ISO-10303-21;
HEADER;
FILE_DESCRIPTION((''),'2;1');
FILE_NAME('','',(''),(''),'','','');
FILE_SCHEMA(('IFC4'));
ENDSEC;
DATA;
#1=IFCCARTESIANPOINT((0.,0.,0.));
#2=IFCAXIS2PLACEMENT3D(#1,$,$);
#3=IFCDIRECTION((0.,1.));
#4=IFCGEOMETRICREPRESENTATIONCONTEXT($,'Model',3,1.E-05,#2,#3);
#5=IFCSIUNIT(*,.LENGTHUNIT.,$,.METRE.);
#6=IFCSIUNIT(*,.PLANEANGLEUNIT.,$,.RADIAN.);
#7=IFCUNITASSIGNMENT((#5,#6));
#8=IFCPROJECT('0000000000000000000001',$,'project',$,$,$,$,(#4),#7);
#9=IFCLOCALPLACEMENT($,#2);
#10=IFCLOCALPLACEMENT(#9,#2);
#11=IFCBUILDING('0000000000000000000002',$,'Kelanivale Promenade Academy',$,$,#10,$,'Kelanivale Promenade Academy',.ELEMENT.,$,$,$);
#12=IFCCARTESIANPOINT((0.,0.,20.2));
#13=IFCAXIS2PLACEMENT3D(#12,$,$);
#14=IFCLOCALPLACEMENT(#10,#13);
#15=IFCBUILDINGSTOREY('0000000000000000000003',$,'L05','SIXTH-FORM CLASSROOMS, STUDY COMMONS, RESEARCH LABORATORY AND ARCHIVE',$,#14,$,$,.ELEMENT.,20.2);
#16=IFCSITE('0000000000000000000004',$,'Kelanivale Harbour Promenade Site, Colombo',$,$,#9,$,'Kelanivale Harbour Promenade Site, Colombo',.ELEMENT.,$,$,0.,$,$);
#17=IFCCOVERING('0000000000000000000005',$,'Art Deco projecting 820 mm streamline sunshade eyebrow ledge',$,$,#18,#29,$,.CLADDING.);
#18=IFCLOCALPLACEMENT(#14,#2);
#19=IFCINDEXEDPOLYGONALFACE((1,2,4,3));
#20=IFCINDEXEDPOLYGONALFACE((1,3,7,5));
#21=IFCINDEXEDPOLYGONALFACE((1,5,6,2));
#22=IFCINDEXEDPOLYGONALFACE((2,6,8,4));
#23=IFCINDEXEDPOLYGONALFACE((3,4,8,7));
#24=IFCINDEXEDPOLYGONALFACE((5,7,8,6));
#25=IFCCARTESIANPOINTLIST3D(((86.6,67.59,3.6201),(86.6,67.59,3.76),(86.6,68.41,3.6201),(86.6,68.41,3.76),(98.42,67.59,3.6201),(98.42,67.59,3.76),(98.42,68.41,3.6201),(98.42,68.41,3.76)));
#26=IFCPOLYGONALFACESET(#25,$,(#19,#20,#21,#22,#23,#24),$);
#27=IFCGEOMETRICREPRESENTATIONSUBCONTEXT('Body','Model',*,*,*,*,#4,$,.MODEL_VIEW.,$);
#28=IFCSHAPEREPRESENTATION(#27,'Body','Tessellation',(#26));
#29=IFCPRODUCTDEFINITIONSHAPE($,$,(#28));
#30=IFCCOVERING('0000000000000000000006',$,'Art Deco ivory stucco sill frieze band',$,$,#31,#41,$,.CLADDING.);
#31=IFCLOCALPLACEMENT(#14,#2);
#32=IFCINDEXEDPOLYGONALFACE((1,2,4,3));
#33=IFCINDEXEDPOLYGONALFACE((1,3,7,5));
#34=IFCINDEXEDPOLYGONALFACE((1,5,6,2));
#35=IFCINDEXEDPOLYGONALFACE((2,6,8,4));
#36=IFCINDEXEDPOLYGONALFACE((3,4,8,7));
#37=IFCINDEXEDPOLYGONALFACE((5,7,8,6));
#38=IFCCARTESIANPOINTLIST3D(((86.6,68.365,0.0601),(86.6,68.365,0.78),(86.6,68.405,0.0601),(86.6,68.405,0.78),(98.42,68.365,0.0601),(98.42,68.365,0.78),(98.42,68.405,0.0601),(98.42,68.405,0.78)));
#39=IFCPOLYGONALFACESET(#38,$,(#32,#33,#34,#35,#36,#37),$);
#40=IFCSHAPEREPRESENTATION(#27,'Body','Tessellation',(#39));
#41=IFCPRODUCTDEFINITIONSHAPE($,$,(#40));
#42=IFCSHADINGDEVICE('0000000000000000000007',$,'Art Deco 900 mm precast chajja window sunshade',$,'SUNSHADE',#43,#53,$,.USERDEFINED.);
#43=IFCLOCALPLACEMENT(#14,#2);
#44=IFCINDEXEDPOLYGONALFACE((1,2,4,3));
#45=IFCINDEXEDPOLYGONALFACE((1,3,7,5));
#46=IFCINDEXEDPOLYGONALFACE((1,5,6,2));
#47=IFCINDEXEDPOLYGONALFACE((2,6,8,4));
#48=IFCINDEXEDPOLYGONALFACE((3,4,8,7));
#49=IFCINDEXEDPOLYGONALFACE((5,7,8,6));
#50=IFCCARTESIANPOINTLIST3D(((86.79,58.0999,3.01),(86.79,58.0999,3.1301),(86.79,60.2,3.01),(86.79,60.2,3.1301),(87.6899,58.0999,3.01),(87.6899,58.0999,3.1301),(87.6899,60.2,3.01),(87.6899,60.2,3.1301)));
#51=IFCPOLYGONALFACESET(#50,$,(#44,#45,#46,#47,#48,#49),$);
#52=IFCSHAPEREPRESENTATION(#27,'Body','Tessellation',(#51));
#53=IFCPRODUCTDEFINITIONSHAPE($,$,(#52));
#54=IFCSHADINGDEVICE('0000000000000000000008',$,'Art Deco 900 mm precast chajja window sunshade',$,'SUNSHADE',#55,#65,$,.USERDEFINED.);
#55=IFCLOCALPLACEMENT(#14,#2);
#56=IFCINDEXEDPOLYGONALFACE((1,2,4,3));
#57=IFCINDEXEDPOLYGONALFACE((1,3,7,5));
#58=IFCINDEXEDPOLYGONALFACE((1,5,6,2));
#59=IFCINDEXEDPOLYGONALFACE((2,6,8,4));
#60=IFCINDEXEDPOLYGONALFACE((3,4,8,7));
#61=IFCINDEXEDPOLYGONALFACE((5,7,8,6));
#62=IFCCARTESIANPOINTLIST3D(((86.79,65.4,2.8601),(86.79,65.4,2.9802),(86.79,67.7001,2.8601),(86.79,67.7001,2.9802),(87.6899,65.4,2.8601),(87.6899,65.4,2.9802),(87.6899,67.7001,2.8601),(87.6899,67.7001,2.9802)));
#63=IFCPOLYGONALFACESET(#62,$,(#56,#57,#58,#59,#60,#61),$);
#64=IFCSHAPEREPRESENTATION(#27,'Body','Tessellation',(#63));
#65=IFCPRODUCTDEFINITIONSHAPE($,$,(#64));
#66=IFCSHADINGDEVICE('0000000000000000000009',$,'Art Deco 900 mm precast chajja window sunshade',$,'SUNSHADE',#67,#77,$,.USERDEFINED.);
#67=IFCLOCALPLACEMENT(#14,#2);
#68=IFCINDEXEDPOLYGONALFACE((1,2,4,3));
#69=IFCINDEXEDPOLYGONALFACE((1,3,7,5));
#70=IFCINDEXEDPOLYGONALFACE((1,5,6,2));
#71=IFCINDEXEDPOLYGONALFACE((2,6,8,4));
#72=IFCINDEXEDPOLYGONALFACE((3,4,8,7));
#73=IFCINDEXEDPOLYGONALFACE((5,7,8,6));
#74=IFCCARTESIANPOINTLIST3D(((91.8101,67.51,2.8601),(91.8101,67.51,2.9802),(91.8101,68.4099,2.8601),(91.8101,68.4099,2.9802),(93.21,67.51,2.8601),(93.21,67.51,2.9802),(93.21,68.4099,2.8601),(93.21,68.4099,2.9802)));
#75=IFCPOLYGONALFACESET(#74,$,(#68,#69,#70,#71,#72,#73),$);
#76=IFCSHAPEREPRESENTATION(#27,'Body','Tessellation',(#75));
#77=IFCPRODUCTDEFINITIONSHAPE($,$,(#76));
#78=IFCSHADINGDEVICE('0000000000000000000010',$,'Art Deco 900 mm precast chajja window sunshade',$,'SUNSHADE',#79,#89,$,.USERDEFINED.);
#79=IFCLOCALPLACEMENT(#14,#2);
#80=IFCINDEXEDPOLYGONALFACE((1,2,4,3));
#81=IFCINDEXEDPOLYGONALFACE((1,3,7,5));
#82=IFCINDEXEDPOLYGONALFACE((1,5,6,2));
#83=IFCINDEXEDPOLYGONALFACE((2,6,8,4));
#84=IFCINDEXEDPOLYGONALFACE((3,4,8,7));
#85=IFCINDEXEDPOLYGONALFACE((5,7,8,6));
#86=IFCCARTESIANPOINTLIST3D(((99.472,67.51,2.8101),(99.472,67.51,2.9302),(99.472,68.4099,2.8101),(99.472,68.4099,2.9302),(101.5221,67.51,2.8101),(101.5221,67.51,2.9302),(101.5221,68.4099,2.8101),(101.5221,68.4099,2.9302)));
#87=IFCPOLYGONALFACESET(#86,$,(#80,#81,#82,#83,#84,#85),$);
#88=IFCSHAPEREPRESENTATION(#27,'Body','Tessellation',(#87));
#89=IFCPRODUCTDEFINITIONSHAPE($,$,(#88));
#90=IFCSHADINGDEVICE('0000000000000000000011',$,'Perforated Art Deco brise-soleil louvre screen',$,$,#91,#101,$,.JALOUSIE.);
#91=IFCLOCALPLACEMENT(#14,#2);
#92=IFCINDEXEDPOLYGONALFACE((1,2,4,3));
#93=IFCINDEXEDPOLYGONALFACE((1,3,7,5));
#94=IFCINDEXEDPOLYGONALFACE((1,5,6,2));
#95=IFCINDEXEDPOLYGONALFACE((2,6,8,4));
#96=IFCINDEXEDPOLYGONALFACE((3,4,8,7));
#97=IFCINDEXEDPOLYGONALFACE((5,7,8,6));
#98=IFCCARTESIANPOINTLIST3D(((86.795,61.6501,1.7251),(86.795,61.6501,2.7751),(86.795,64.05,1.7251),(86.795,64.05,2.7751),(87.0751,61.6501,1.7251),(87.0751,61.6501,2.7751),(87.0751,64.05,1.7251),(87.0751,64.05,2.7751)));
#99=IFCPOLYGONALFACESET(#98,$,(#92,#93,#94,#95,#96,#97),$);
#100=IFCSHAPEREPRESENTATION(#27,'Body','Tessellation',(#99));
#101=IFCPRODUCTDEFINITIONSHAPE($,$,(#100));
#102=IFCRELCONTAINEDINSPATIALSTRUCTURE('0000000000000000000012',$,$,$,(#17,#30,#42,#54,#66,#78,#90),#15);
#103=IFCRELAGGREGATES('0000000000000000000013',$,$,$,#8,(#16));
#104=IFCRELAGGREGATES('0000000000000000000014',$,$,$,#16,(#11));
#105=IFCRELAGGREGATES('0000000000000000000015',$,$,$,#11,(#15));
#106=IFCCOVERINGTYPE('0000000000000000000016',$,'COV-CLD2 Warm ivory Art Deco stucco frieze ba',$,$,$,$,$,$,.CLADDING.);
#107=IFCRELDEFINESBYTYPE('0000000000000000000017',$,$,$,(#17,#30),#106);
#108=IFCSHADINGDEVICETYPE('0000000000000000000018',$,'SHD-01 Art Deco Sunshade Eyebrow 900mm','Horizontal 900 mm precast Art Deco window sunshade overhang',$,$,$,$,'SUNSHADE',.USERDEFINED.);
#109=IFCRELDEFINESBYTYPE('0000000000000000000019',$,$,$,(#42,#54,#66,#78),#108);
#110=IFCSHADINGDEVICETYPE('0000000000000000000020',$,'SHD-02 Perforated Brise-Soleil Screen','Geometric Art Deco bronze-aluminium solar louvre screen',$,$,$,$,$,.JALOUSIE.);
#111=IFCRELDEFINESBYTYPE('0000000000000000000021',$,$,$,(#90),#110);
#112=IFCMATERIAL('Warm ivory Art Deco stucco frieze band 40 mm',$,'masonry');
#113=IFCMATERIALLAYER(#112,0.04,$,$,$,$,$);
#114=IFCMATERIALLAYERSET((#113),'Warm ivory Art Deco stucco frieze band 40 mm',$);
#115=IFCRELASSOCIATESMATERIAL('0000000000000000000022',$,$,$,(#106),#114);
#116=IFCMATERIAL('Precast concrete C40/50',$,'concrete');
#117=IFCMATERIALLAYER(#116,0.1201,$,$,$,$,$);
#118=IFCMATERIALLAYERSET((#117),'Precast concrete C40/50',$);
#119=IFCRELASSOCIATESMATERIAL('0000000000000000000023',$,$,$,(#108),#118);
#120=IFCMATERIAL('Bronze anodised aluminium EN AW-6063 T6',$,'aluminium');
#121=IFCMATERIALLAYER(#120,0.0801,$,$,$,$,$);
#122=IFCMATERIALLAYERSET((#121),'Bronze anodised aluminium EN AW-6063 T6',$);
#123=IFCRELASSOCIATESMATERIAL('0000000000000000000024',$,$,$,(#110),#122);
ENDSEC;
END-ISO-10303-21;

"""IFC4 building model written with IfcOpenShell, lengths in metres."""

from ifc_helpers import new_model, si_unit, direction, frame, origin, origin_2d, place, context, subcontext, project, spatial, rectangle, extrude, material, layer, layer_set, type_object, element, save


model = new_model("IFC4")

# Units and contexts
model_context = context("Model", 3, precision=1e-05, world=origin(), true_north=direction((0.0, 1.0)))
body_context = subcontext(model_context, "Body", "Model", "MODEL_VIEW")
ifc_project = project(units=[si_unit("LENGTHUNIT", "METRE"), si_unit("PLANEANGLEUNIT", "RADIAN")], contexts=[model_context])

# Site, building, storey
site_placement = place(None, origin())
site = spatial("IfcSite", under=ifc_project, at=site_placement, Name="Kelanivale Harbour Promenade Site, Colombo", LongName="Kelanivale Harbour Promenade Site, Colombo", CompositionType="ELEMENT", RefElevation=0.0)
building_placement = place(site_placement, origin())
building = spatial("IfcBuilding", under=site, at=building_placement, Name="Kelanivale Promenade Academy", LongName="Kelanivale Promenade Academy", CompositionType="ELEMENT")
storey_placement = place(building_placement, frame((0.0, 0.0, 20.2)))
storey = spatial("IfcBuildingStorey", under=building, at=storey_placement, Name="L05", Description="SIXTH-FORM CLASSROOMS, STUDY COMMONS, RESEARCH LABORATORY AND ARCHIVE", CompositionType="ELEMENT", Elevation=20.2)

# Shared definitions
ifc_material_1 = material(Name="Precast concrete C40/50", Category="concrete")

# Coverings
ifc_material_2 = material(Name="Warm ivory Art Deco stucco frieze band 40 mm", Category="masonry")
ifc_layer_1 = layer(ifc_material_2, 0.04)
ifc_layer_set_1 = layer_set([ifc_layer_1], Name="Warm ivory Art Deco stucco frieze band 40 mm")
covering_type = type_object("IfcCoveringType", Name="COV-CLD2 Warm ivory Art Deco stucco frieze ba", PredefinedType="CLADDING", material=ifc_layer_set_1)
covering_1_placement = place(storey_placement, frame((92.51, 68.0, 3.6201), z_axis=(0.0, 0.0, 1.0), x_axis=(1.0, 0.0, 0.0)))
element("IfcCovering", 1, at=covering_1_placement, inside=storey, type_object=covering_type, Name="Art Deco projecting 820 mm streamline sunshade eyebrow ledge", PredefinedType="CLADDING", context=body_context, shape_type="SweptSolid", body=[
    extrude(rectangle(XDim=11.8201, YDim=0.8201, at=origin_2d()), origin(), (0.0, 0.0, 1.0), 0.1399),
])
covering_2_placement = place(storey_placement, frame((92.51, 68.385, 0.0601), z_axis=(0.0, 0.0, 1.0), x_axis=(1.0, 0.0, 0.0)))
element("IfcCovering", 2, at=covering_2_placement, inside=storey, type_object=covering_type, Name="Art Deco ivory stucco sill frieze band", PredefinedType="CLADDING", context=body_context, shape_type="SweptSolid", body=[
    extrude(rectangle(XDim=11.8201, YDim=0.04, at=origin_2d()), origin(), (0.0, 0.0, 1.0), 0.72),
])

# Shading devices
ifc_layer_2 = layer(ifc_material_1, 0.1201)
ifc_layer_set_2 = layer_set([ifc_layer_2], Name="Precast concrete C40/50")
shading_device_type_1 = type_object("IfcShadingDeviceType", Name="SHD-01 Art Deco Sunshade Eyebrow 900mm", Description="Horizontal 900 mm precast Art Deco window sunshade overhang", ElementType="SUNSHADE", PredefinedType="USERDEFINED", material=ifc_layer_set_2)
shading_device_1_placement = place(storey_placement, frame((87.24, 59.1499, 3.01), z_axis=(0.0, 0.0, 1.0), x_axis=(0.0, 1.0, 0.0)))
element("IfcShadingDevice", 3, at=shading_device_1_placement, inside=storey, type_object=shading_device_type_1, Name="Art Deco 900 mm precast chajja window sunshade", ObjectType="SUNSHADE", PredefinedType="USERDEFINED", context=body_context, shape_type="SweptSolid", body=[
    extrude(rectangle(XDim=2.1001, YDim=0.8999, at=origin_2d()), origin(), (0.0, 0.0, 1.0), 0.1201),
])
shading_device_2_placement = place(storey_placement, frame((87.24, 66.55, 2.8601), z_axis=(0.0, 0.0, 1.0), x_axis=(0.0, 1.0, 0.0)))
element("IfcShadingDevice", 4, at=shading_device_2_placement, inside=storey, type_object=shading_device_type_1, Name="Art Deco 900 mm precast chajja window sunshade", ObjectType="SUNSHADE", PredefinedType="USERDEFINED", context=body_context, shape_type="SweptSolid", body=[
    extrude(rectangle(XDim=2.3, YDim=0.8999, at=origin_2d()), origin(), (0.0, 0.0, 1.0), 0.1201),
])
shading_device_3_placement = place(storey_placement, frame((92.51, 67.96, 2.8601), z_axis=(0.0, 0.0, 1.0), x_axis=(1.0, 0.0, 0.0)))
element("IfcShadingDevice", 5, at=shading_device_3_placement, inside=storey, type_object=shading_device_type_1, Name="Art Deco 900 mm precast chajja window sunshade", ObjectType="SUNSHADE", PredefinedType="USERDEFINED", context=body_context, shape_type="SweptSolid", body=[
    extrude(rectangle(XDim=1.3999, YDim=0.8999, at=origin_2d()), origin(), (0.0, 0.0, 1.0), 0.1201),
])
shading_device_4_placement = place(storey_placement, frame((100.4971, 67.96, 2.8101), z_axis=(0.0, 0.0, 1.0), x_axis=(1.0, 0.0, 0.0)))
element("IfcShadingDevice", 6, at=shading_device_4_placement, inside=storey, type_object=shading_device_type_1, Name="Art Deco 900 mm precast chajja window sunshade", ObjectType="SUNSHADE", PredefinedType="USERDEFINED", context=body_context, shape_type="SweptSolid", body=[
    extrude(rectangle(XDim=2.05, YDim=0.8999, at=origin_2d()), origin(), (0.0, 0.0, 1.0), 0.1201),
])
ifc_material_3 = material(Name="Bronze anodised aluminium EN AW-6063 T6", Category="aluminium")
ifc_layer_3 = layer(ifc_material_3, 0.0801)
ifc_layer_set_3 = layer_set([ifc_layer_3], Name="Bronze anodised aluminium EN AW-6063 T6")
shading_device_type_2 = type_object("IfcShadingDeviceType", Name="SHD-02 Perforated Brise-Soleil Screen", Description="Geometric Art Deco bronze-aluminium solar louvre screen", PredefinedType="JALOUSIE", material=ifc_layer_set_3)
shading_device_5_placement = place(storey_placement, frame((86.9351, 62.8501, 1.7251), z_axis=(0.0, 0.0, 1.0), x_axis=(0.0, 1.0, 0.0)))
element("IfcShadingDevice", 7, at=shading_device_5_placement, inside=storey, type_object=shading_device_type_2, Name="Perforated Art Deco brise-soleil louvre screen", PredefinedType="JALOUSIE", context=body_context, shape_type="SweptSolid", body=[
    extrude(rectangle(XDim=2.3999, YDim=0.28, at=origin_2d()), origin(), (0.0, 0.0, 1.0), 1.05),
])

save(model, "model.ifc")
